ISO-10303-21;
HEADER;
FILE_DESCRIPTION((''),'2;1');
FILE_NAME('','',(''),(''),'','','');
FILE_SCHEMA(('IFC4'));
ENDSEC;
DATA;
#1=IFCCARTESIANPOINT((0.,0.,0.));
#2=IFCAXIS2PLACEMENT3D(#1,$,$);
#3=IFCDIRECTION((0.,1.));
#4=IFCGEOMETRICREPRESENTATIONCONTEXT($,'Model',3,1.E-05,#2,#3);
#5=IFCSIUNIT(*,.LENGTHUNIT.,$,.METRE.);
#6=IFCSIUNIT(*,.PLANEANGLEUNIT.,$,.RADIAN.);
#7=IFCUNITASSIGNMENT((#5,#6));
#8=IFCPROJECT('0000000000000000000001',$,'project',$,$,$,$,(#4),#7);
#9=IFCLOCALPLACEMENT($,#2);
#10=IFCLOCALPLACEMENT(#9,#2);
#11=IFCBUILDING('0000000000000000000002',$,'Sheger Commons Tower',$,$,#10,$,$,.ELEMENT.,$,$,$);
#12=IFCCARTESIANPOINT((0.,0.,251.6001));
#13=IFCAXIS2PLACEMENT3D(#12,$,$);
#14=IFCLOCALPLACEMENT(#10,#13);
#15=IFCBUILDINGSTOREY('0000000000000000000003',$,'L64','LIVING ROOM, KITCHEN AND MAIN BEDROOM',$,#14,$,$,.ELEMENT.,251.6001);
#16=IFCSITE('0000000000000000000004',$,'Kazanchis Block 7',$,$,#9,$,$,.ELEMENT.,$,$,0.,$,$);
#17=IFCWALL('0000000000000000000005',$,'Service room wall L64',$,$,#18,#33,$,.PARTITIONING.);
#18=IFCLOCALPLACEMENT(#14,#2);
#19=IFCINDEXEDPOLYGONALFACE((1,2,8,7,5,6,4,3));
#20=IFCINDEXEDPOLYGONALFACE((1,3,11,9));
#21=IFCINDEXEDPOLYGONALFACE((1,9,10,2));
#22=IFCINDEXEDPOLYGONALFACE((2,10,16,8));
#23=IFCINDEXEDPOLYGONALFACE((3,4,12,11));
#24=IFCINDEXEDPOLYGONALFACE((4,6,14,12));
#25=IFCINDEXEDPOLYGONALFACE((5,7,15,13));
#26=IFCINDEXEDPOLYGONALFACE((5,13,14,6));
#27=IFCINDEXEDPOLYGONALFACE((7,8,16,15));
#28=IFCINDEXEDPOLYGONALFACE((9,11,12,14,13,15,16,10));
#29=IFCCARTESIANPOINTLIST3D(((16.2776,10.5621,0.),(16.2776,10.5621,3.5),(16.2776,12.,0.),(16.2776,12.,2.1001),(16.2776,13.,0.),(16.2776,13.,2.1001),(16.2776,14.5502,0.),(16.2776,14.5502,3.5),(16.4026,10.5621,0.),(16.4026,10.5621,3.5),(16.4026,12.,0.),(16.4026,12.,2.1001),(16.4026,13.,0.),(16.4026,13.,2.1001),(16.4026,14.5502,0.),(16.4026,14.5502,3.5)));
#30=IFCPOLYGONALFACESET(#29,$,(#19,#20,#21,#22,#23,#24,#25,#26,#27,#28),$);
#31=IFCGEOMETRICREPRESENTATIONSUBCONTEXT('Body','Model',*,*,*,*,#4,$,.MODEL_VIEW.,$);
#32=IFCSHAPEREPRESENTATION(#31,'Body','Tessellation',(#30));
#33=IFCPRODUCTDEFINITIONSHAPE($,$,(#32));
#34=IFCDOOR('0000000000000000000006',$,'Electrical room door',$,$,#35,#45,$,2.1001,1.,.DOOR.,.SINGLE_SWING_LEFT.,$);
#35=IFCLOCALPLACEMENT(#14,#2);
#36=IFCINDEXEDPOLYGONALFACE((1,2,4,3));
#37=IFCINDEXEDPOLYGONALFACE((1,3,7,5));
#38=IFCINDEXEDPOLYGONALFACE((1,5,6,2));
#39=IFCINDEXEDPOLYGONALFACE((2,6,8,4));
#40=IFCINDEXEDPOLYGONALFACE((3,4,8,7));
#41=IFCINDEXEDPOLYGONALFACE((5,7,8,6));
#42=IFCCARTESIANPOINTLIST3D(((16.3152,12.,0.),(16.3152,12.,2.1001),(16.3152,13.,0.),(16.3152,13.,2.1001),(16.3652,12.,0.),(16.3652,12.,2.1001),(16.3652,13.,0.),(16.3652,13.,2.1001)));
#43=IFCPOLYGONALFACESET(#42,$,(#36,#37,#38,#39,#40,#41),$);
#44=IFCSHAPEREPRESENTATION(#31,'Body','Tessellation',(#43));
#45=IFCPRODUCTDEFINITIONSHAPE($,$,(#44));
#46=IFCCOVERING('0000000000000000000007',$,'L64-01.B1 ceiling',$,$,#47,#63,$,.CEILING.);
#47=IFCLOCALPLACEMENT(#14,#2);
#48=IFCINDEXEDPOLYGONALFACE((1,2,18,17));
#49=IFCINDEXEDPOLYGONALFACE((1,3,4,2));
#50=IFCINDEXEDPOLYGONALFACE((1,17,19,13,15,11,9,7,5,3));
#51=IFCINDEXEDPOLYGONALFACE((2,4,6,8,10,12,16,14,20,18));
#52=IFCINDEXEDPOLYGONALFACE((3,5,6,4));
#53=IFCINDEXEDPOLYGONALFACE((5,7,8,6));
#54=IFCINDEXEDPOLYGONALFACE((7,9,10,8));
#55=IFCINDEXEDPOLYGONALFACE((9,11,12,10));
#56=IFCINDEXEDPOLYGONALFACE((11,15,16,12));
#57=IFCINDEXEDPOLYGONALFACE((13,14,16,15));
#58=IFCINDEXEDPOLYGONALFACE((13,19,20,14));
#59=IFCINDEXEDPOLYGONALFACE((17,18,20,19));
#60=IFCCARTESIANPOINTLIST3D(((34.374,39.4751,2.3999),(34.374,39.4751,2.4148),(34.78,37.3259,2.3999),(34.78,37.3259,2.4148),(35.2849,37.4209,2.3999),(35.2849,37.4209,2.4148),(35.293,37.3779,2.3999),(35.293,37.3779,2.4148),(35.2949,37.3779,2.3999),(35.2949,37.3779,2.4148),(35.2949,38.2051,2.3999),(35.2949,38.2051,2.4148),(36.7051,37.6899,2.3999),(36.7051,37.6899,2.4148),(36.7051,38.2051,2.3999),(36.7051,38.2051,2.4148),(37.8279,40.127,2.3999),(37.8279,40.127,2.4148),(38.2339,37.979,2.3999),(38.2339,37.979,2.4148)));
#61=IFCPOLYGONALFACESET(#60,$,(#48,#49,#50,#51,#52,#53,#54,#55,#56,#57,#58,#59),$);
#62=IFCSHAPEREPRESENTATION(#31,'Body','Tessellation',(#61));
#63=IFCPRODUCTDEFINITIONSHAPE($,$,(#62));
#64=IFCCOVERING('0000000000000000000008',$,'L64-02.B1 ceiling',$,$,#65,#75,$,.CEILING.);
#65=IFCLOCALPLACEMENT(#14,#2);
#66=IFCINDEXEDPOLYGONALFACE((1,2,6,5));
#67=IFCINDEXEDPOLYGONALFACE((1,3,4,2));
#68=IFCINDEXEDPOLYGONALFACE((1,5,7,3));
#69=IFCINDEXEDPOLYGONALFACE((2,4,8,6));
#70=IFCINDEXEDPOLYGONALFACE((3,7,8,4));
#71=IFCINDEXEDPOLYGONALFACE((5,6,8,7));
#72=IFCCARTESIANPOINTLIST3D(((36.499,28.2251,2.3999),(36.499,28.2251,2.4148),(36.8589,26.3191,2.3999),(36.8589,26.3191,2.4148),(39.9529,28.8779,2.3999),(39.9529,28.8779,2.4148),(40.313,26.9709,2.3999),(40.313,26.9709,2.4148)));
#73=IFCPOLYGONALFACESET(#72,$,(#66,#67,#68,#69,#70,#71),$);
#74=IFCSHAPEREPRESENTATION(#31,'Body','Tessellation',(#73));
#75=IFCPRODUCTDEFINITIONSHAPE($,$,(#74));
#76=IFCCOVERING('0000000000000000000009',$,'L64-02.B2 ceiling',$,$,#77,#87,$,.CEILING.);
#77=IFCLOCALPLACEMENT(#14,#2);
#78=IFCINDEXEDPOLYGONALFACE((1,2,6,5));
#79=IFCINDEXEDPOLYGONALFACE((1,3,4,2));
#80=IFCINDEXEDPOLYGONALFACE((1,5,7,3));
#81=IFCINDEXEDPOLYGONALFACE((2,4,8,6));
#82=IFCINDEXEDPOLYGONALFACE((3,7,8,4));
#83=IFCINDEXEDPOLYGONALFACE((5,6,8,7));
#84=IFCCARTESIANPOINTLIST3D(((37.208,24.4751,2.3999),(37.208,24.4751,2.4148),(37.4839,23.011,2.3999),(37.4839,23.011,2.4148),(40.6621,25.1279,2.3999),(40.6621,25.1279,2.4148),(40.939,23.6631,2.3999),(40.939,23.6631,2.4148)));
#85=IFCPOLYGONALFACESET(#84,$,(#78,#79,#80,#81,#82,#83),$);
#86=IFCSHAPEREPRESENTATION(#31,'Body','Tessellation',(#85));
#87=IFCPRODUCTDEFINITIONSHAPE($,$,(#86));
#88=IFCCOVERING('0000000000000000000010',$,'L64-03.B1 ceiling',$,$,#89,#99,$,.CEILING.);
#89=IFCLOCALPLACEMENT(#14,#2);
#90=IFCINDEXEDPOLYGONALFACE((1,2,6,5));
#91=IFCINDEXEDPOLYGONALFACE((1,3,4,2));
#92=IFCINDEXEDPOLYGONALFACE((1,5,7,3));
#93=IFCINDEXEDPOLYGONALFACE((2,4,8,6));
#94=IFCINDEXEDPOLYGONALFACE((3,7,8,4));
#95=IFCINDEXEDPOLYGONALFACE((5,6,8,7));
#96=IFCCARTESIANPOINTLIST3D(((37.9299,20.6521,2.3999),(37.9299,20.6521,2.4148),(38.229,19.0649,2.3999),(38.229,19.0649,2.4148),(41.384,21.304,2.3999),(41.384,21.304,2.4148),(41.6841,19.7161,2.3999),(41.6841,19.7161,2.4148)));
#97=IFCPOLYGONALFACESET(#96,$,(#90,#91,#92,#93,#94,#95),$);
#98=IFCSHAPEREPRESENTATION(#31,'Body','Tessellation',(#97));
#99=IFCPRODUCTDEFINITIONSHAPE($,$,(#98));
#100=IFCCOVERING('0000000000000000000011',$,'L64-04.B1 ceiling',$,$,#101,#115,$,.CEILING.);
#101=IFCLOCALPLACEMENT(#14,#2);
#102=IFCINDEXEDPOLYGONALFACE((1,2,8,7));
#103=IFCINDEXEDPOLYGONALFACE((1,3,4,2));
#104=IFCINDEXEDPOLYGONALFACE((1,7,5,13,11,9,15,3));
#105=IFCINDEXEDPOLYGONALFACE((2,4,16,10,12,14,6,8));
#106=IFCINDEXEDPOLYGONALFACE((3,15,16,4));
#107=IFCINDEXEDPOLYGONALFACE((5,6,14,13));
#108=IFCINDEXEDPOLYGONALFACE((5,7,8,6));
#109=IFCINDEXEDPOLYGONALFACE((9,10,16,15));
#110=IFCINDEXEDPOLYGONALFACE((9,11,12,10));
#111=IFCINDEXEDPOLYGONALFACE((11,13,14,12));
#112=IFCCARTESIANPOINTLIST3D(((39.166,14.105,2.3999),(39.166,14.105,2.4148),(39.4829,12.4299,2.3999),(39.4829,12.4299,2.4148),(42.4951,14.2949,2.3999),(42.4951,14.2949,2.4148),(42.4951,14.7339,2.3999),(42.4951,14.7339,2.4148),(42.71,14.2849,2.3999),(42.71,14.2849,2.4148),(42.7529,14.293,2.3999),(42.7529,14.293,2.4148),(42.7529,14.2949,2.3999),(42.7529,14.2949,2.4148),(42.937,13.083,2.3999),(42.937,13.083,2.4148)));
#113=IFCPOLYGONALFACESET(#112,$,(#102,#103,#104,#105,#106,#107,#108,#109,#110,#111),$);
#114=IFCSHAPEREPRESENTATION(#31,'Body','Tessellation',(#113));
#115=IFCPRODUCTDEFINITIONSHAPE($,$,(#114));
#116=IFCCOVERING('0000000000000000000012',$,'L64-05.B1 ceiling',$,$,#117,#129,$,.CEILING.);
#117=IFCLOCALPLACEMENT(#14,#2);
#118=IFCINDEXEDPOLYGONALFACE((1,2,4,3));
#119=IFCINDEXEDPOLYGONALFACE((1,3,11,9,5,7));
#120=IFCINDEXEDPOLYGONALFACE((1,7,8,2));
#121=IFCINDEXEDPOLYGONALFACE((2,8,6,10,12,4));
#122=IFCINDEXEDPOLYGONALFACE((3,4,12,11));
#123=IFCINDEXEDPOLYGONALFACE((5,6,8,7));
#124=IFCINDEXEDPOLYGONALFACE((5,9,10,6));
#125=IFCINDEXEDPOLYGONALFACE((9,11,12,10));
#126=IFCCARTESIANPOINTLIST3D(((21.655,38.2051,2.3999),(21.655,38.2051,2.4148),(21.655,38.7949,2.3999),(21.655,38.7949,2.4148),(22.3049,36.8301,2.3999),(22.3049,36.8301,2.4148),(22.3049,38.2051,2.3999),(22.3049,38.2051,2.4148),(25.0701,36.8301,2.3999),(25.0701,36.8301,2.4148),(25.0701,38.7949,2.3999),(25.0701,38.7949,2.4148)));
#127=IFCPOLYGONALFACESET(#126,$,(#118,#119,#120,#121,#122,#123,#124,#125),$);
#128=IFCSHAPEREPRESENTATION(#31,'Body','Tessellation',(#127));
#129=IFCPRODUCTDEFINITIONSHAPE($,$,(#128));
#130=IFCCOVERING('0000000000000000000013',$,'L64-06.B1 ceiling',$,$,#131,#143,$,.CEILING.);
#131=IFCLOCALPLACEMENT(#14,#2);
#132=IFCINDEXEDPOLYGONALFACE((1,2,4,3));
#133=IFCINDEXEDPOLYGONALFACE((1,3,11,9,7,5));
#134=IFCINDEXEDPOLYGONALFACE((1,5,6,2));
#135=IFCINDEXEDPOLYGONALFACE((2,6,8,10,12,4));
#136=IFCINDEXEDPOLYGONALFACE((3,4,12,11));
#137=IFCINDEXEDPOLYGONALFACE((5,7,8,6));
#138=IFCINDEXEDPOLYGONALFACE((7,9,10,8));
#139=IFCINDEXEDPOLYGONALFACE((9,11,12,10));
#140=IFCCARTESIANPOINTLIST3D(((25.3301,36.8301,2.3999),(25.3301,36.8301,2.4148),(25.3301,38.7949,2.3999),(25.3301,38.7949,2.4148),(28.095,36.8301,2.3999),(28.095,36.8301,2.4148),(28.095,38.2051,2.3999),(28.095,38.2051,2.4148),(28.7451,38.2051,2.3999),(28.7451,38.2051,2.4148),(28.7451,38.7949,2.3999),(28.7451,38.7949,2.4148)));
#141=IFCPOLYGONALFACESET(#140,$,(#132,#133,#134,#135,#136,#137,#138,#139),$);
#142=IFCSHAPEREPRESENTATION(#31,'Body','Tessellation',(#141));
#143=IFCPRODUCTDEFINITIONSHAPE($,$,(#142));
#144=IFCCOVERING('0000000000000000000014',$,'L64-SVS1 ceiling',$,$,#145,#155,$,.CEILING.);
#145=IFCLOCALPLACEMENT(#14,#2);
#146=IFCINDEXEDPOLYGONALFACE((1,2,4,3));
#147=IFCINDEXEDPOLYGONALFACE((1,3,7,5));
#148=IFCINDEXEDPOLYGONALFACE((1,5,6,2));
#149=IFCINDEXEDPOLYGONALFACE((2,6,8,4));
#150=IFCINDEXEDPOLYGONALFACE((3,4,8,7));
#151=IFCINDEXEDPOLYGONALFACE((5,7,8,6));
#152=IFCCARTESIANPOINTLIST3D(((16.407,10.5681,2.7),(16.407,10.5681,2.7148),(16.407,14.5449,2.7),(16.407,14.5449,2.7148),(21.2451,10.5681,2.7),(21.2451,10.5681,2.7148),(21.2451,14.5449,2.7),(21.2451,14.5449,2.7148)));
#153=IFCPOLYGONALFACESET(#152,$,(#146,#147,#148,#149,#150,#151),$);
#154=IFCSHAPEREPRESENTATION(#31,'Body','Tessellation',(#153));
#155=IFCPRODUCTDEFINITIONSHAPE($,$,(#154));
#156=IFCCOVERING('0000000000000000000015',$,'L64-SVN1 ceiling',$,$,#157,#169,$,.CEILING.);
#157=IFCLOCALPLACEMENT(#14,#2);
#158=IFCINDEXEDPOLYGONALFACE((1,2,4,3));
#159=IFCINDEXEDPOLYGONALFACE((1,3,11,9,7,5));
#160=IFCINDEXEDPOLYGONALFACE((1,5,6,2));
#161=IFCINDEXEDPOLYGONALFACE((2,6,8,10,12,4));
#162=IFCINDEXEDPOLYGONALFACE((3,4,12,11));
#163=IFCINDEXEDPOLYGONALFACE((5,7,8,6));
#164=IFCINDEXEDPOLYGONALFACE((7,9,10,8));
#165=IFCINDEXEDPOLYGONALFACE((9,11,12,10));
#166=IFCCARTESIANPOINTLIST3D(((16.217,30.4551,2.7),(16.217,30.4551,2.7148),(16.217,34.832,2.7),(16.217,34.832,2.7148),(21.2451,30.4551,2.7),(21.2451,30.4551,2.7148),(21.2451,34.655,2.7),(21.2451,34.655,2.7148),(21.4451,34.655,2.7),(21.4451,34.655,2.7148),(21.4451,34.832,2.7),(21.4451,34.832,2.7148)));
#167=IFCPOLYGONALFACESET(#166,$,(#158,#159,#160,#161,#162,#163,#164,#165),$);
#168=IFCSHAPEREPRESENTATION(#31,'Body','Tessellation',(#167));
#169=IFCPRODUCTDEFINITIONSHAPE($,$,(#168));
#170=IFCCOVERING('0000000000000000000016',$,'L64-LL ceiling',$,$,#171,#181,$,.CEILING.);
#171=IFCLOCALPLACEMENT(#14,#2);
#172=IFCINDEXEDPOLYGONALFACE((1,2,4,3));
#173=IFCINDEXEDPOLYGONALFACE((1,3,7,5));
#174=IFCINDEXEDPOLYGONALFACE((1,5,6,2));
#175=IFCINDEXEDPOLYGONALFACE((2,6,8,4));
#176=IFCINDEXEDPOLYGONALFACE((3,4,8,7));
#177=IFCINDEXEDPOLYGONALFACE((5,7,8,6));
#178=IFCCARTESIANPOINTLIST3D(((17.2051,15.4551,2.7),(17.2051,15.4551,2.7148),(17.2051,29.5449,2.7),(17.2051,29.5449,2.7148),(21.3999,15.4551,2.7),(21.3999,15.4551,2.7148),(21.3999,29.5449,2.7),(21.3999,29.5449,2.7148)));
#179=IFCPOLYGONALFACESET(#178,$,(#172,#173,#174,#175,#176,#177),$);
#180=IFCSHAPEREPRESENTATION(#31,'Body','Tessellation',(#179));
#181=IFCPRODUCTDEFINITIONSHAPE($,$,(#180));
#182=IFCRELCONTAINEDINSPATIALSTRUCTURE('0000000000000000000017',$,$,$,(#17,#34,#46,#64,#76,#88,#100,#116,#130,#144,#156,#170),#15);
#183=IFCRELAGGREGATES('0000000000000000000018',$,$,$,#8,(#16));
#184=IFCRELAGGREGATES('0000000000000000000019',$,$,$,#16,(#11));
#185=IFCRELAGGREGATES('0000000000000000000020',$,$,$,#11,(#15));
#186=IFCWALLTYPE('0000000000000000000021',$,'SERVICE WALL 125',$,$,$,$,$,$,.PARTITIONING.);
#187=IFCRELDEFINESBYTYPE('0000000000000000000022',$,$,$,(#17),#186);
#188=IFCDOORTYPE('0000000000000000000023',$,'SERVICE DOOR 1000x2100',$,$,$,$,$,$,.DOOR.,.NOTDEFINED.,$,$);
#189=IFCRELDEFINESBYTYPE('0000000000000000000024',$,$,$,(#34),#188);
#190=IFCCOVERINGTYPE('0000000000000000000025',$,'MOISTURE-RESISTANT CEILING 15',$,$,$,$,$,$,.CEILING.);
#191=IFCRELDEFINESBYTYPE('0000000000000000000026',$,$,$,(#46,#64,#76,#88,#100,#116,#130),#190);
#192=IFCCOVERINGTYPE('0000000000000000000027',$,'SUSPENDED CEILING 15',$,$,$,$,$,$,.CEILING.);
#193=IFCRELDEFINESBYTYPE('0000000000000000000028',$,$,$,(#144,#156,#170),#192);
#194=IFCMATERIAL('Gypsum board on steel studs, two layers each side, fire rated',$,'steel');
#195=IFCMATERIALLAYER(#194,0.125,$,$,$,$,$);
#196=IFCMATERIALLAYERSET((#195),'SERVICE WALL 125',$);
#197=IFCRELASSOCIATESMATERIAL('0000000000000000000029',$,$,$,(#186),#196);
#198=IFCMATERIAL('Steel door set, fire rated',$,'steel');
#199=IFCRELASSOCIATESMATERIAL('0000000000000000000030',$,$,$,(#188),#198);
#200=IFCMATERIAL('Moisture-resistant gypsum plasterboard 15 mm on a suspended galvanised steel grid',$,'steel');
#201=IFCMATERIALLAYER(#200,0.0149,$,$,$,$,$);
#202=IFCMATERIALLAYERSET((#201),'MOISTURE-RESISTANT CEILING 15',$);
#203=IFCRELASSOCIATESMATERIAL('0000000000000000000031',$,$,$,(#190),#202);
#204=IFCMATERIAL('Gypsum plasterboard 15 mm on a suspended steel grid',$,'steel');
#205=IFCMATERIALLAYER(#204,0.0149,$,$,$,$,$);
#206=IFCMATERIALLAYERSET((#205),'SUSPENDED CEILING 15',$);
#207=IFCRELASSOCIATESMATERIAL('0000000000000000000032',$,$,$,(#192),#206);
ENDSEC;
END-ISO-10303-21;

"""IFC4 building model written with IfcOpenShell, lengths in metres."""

from ifc_helpers import new_model, si_unit, direction, frame, frame_2d, origin, place, context, subcontext, project, spatial, polyline, rectangle, outline, extrude, material, layer, layer_set, type_object, element, fill, save


model = new_model("IFC4")

# Units and contexts
model_context = context("Model", 3, precision=1e-05, world=origin(), true_north=direction((0.0, 1.0)))
body_context = subcontext(model_context, "Body", "Model", "MODEL_VIEW")
ifc_project = project(units=[si_unit("LENGTHUNIT", "METRE"), si_unit("PLANEANGLEUNIT", "RADIAN")], contexts=[model_context])

# Site, building, storey
site_placement = place(None, origin())
site = spatial("IfcSite", under=ifc_project, at=site_placement, Name="Kazanchis Block 7", CompositionType="ELEMENT", RefElevation=0.0)
building_placement = place(site_placement, origin())
building = spatial("IfcBuilding", under=site, at=building_placement, Name="Sheger Commons Tower", CompositionType="ELEMENT")
storey_placement = place(building_placement, frame((0.0, 0.0, 251.6001)))
storey = spatial("IfcBuildingStorey", under=building, at=storey_placement, Name="L64", Description="LIVING ROOM, KITCHEN AND MAIN BEDROOM", CompositionType="ELEMENT", Elevation=251.6001)

# Wall, opening, door
ifc_material_1 = material(Name="Gypsum board on steel studs, two layers each side, fire rated", Category="steel")
ifc_layer_1 = layer(ifc_material_1, 0.125)
ifc_layer_set_1 = layer_set([ifc_layer_1], Name="SERVICE WALL 125")
wall_type_1 = type_object("IfcWallType", Name="SERVICE WALL 125", PredefinedType="PARTITIONING", material=ifc_layer_set_1)
wall_1_placement = place(storey_placement, frame((16.3401, 10.562, 0.0), z_axis=(0.0, 0.0, 1.0), x_axis=(0.0, 1.0, 0.0)))
wall_1 = element("IfcWall", 1, at=wall_1_placement, inside=storey, type_object=wall_type_1, Name="Service room wall L64", PredefinedType="PARTITIONING", context=body_context, shape_type="SweptSolid", body=[
    extrude(rectangle(XDim=3.988, YDim=0.125, at=frame_2d((1.9941, 0.0))), origin(), (0.0, 0.0, 1.0), 3.5),
])
opening_1_placement = place(wall_1_placement, frame((1.438, 0.0, 0.0)))
opening_1 = element("IfcOpeningElement", 2, at=opening_1_placement, cuts=wall_1, PredefinedType="OPENING", context=body_context, shape_type="SweptSolid", body=[
    extrude(rectangle(XDim=1.0, YDim=2.1001, at=frame_2d((0.5, 1.05))), frame((0.0, 0.0725, 0.0), z_axis=(0.0, -1.0, 0.0), x_axis=(1.0, 0.0, 0.0)), (0.0, 0.0, 1.0), 0.145),
])
ifc_material_2 = material(Name="Steel door set, fire rated", Category="steel")
door_type_1 = type_object("IfcDoorType", Name="SERVICE DOOR 1000x2100", OperationType="NOTDEFINED", PredefinedType="DOOR", material=ifc_material_2)
door_1_placement = place(opening_1_placement, origin())
door_1 = element("IfcDoor", 3, at=door_1_placement, inside=storey, type_object=door_type_1, Name="Electrical room door", OperationType="SINGLE_SWING_LEFT", OverallHeight=2.1001, OverallWidth=1.0, PredefinedType="DOOR", context=body_context, shape_type="SweptSolid", body=[
    extrude(rectangle(XDim=1.0, YDim=2.1001, at=frame_2d((0.5, 1.05))), frame((0.0, 0.0249, 0.0), z_axis=(0.0, -1.0, 0.0), x_axis=(1.0, 0.0, 0.0)), (0.0, 0.0, 1.0), 0.05),
])
fill(opening_1, door_1)

# Coverings
ifc_material_3 = material(Name="Moisture-resistant gypsum plasterboard 15 mm on a suspended galvanised steel grid", Category="steel")
ifc_layer_2 = layer(ifc_material_3, 0.0149)
ifc_layer_set_2 = layer_set([ifc_layer_2], Name="MOISTURE-RESISTANT CEILING 15")
covering_type_1 = type_object("IfcCoveringType", Name="MOISTURE-RESISTANT CEILING 15", PredefinedType="CEILING", material=ifc_layer_set_2)
covering_1_placement = place(storey_placement, frame((0.0, 0.0, 2.3999)))
element("IfcCovering", 4, at=covering_1_placement, inside=storey, type_object=covering_type_1, Name="L64-01.B1 ceiling", PredefinedType="CEILING", context=body_context, shape_type="SweptSolid", body=[
    extrude(outline(polyline([(34.78, 37.3259), (35.2849, 37.4209), (35.293, 37.3779), (35.2949, 37.3779), (35.2949, 38.2051), (36.7051, 38.2051), (36.7051, 37.6899), (38.2339, 37.979), (37.8279, 40.127), (34.374, 39.4751), (34.78, 37.3259)])), origin(), (0.0, 0.0, 1.0), 0.0149),
])
covering_2_placement = place(storey_placement, frame((0.0, 0.0, 2.3999)))
element("IfcCovering", 5, at=covering_2_placement, inside=storey, type_object=covering_type_1, Name="L64-02.B1 ceiling", PredefinedType="CEILING", context=body_context, shape_type="SweptSolid", body=[
    extrude(outline(polyline([(36.8589, 26.3191), (40.313, 26.9709), (39.9529, 28.8779), (36.499, 28.2251), (36.8589, 26.3191)])), origin(), (0.0, 0.0, 1.0), 0.0149),
])
covering_3_placement = place(storey_placement, frame((0.0, 0.0, 2.3999)))
element("IfcCovering", 6, at=covering_3_placement, inside=storey, type_object=covering_type_1, Name="L64-02.B2 ceiling", PredefinedType="CEILING", context=body_context, shape_type="SweptSolid", body=[
    extrude(outline(polyline([(37.4839, 23.011), (40.939, 23.6631), (40.6621, 25.1279), (37.208, 24.4751), (37.4839, 23.011)])), origin(), (0.0, 0.0, 1.0), 0.0149),
])
covering_4_placement = place(storey_placement, frame((0.0, 0.0, 2.3999)))
element("IfcCovering", 7, at=covering_4_placement, inside=storey, type_object=covering_type_1, Name="L64-03.B1 ceiling", PredefinedType="CEILING", context=body_context, shape_type="SweptSolid", body=[
    extrude(outline(polyline([(38.229, 19.0649), (41.6841, 19.7161), (41.384, 21.304), (37.9299, 20.6521), (38.229, 19.0649)])), origin(), (0.0, 0.0, 1.0), 0.0149),
])
covering_5_placement = place(storey_placement, frame((0.0, 0.0, 2.3999)))
element("IfcCovering", 8, at=covering_5_placement, inside=storey, type_object=covering_type_1, Name="L64-04.B1 ceiling", PredefinedType="CEILING", context=body_context, shape_type="SweptSolid", body=[
    extrude(outline(polyline([(39.4829, 12.4299), (42.937, 13.083), (42.71, 14.2849), (42.7529, 14.293), (42.7529, 14.2949), (42.4951, 14.2949), (42.4951, 14.7339), (39.166, 14.105), (39.4829, 12.4299)])), origin(), (0.0, 0.0, 1.0), 0.0149),
])
covering_6_placement = place(storey_placement, frame((0.0, 0.0, 2.3999)))
element("IfcCovering", 9, at=covering_6_placement, inside=storey, type_object=covering_type_1, Name="L64-05.B1 ceiling", PredefinedType="CEILING", context=body_context, shape_type="SweptSolid", body=[
    extrude(outline(polyline([(22.3049, 36.8301), (25.0701, 36.8301), (25.0701, 38.7949), (21.655, 38.7949), (21.655, 38.2051), (22.3049, 38.2051), (22.3049, 36.8301)])), origin(), (0.0, 0.0, 1.0), 0.0149),
])
covering_7_placement = place(storey_placement, frame((0.0, 0.0, 2.3999)))
element("IfcCovering", 10, at=covering_7_placement, inside=storey, type_object=covering_type_1, Name="L64-06.B1 ceiling", PredefinedType="CEILING", context=body_context, shape_type="SweptSolid", body=[
    extrude(outline(polyline([(25.3301, 36.8301), (28.095, 36.8301), (28.095, 38.2051), (28.7451, 38.2051), (28.7451, 38.7949), (25.3301, 38.7949), (25.3301, 36.8301)])), origin(), (0.0, 0.0, 1.0), 0.0149),
])
ifc_material_4 = material(Name="Gypsum plasterboard 15 mm on a suspended steel grid", Category="steel")
ifc_layer_3 = layer(ifc_material_4, 0.0149)
ifc_layer_set_3 = layer_set([ifc_layer_3], Name="SUSPENDED CEILING 15")
covering_type_2 = type_object("IfcCoveringType", Name="SUSPENDED CEILING 15", PredefinedType="CEILING", material=ifc_layer_set_3)
covering_8_placement = place(storey_placement, frame((0.0, 0.0, 2.7)))
element("IfcCovering", 11, at=covering_8_placement, inside=storey, type_object=covering_type_2, Name="L64-SVS1 ceiling", PredefinedType="CEILING", context=body_context, shape_type="SweptSolid", body=[
    extrude(outline(polyline([(16.407, 10.5681), (21.2451, 10.5681), (21.2451, 14.5449), (16.407, 14.5449), (16.407, 10.5681)])), origin(), (0.0, 0.0, 1.0), 0.0149),
])
covering_9_placement = place(storey_placement, frame((0.0, 0.0, 2.7)))
element("IfcCovering", 12, at=covering_9_placement, inside=storey, type_object=covering_type_2, Name="L64-SVN1 ceiling", PredefinedType="CEILING", context=body_context, shape_type="SweptSolid", body=[
    extrude(outline(polyline([(16.217, 30.4551), (21.2451, 30.4551), (21.2451, 34.655), (21.4451, 34.655), (21.4451, 34.832), (16.217, 34.832), (16.217, 30.4551)])), origin(), (0.0, 0.0, 1.0), 0.0149),
])
covering_10_placement = place(storey_placement, frame((0.0, 0.0, 2.7)))
element("IfcCovering", 13, at=covering_10_placement, inside=storey, type_object=covering_type_2, Name="L64-LL ceiling", PredefinedType="CEILING", context=body_context, shape_type="SweptSolid", body=[
    extrude(outline(polyline([(17.2051, 15.4551), (21.3999, 15.4551), (21.3999, 29.5449), (17.2051, 29.5449), (17.2051, 15.4551)])), origin(), (0.0, 0.0, 1.0), 0.0149),
])

save(model, "model.ifc")
